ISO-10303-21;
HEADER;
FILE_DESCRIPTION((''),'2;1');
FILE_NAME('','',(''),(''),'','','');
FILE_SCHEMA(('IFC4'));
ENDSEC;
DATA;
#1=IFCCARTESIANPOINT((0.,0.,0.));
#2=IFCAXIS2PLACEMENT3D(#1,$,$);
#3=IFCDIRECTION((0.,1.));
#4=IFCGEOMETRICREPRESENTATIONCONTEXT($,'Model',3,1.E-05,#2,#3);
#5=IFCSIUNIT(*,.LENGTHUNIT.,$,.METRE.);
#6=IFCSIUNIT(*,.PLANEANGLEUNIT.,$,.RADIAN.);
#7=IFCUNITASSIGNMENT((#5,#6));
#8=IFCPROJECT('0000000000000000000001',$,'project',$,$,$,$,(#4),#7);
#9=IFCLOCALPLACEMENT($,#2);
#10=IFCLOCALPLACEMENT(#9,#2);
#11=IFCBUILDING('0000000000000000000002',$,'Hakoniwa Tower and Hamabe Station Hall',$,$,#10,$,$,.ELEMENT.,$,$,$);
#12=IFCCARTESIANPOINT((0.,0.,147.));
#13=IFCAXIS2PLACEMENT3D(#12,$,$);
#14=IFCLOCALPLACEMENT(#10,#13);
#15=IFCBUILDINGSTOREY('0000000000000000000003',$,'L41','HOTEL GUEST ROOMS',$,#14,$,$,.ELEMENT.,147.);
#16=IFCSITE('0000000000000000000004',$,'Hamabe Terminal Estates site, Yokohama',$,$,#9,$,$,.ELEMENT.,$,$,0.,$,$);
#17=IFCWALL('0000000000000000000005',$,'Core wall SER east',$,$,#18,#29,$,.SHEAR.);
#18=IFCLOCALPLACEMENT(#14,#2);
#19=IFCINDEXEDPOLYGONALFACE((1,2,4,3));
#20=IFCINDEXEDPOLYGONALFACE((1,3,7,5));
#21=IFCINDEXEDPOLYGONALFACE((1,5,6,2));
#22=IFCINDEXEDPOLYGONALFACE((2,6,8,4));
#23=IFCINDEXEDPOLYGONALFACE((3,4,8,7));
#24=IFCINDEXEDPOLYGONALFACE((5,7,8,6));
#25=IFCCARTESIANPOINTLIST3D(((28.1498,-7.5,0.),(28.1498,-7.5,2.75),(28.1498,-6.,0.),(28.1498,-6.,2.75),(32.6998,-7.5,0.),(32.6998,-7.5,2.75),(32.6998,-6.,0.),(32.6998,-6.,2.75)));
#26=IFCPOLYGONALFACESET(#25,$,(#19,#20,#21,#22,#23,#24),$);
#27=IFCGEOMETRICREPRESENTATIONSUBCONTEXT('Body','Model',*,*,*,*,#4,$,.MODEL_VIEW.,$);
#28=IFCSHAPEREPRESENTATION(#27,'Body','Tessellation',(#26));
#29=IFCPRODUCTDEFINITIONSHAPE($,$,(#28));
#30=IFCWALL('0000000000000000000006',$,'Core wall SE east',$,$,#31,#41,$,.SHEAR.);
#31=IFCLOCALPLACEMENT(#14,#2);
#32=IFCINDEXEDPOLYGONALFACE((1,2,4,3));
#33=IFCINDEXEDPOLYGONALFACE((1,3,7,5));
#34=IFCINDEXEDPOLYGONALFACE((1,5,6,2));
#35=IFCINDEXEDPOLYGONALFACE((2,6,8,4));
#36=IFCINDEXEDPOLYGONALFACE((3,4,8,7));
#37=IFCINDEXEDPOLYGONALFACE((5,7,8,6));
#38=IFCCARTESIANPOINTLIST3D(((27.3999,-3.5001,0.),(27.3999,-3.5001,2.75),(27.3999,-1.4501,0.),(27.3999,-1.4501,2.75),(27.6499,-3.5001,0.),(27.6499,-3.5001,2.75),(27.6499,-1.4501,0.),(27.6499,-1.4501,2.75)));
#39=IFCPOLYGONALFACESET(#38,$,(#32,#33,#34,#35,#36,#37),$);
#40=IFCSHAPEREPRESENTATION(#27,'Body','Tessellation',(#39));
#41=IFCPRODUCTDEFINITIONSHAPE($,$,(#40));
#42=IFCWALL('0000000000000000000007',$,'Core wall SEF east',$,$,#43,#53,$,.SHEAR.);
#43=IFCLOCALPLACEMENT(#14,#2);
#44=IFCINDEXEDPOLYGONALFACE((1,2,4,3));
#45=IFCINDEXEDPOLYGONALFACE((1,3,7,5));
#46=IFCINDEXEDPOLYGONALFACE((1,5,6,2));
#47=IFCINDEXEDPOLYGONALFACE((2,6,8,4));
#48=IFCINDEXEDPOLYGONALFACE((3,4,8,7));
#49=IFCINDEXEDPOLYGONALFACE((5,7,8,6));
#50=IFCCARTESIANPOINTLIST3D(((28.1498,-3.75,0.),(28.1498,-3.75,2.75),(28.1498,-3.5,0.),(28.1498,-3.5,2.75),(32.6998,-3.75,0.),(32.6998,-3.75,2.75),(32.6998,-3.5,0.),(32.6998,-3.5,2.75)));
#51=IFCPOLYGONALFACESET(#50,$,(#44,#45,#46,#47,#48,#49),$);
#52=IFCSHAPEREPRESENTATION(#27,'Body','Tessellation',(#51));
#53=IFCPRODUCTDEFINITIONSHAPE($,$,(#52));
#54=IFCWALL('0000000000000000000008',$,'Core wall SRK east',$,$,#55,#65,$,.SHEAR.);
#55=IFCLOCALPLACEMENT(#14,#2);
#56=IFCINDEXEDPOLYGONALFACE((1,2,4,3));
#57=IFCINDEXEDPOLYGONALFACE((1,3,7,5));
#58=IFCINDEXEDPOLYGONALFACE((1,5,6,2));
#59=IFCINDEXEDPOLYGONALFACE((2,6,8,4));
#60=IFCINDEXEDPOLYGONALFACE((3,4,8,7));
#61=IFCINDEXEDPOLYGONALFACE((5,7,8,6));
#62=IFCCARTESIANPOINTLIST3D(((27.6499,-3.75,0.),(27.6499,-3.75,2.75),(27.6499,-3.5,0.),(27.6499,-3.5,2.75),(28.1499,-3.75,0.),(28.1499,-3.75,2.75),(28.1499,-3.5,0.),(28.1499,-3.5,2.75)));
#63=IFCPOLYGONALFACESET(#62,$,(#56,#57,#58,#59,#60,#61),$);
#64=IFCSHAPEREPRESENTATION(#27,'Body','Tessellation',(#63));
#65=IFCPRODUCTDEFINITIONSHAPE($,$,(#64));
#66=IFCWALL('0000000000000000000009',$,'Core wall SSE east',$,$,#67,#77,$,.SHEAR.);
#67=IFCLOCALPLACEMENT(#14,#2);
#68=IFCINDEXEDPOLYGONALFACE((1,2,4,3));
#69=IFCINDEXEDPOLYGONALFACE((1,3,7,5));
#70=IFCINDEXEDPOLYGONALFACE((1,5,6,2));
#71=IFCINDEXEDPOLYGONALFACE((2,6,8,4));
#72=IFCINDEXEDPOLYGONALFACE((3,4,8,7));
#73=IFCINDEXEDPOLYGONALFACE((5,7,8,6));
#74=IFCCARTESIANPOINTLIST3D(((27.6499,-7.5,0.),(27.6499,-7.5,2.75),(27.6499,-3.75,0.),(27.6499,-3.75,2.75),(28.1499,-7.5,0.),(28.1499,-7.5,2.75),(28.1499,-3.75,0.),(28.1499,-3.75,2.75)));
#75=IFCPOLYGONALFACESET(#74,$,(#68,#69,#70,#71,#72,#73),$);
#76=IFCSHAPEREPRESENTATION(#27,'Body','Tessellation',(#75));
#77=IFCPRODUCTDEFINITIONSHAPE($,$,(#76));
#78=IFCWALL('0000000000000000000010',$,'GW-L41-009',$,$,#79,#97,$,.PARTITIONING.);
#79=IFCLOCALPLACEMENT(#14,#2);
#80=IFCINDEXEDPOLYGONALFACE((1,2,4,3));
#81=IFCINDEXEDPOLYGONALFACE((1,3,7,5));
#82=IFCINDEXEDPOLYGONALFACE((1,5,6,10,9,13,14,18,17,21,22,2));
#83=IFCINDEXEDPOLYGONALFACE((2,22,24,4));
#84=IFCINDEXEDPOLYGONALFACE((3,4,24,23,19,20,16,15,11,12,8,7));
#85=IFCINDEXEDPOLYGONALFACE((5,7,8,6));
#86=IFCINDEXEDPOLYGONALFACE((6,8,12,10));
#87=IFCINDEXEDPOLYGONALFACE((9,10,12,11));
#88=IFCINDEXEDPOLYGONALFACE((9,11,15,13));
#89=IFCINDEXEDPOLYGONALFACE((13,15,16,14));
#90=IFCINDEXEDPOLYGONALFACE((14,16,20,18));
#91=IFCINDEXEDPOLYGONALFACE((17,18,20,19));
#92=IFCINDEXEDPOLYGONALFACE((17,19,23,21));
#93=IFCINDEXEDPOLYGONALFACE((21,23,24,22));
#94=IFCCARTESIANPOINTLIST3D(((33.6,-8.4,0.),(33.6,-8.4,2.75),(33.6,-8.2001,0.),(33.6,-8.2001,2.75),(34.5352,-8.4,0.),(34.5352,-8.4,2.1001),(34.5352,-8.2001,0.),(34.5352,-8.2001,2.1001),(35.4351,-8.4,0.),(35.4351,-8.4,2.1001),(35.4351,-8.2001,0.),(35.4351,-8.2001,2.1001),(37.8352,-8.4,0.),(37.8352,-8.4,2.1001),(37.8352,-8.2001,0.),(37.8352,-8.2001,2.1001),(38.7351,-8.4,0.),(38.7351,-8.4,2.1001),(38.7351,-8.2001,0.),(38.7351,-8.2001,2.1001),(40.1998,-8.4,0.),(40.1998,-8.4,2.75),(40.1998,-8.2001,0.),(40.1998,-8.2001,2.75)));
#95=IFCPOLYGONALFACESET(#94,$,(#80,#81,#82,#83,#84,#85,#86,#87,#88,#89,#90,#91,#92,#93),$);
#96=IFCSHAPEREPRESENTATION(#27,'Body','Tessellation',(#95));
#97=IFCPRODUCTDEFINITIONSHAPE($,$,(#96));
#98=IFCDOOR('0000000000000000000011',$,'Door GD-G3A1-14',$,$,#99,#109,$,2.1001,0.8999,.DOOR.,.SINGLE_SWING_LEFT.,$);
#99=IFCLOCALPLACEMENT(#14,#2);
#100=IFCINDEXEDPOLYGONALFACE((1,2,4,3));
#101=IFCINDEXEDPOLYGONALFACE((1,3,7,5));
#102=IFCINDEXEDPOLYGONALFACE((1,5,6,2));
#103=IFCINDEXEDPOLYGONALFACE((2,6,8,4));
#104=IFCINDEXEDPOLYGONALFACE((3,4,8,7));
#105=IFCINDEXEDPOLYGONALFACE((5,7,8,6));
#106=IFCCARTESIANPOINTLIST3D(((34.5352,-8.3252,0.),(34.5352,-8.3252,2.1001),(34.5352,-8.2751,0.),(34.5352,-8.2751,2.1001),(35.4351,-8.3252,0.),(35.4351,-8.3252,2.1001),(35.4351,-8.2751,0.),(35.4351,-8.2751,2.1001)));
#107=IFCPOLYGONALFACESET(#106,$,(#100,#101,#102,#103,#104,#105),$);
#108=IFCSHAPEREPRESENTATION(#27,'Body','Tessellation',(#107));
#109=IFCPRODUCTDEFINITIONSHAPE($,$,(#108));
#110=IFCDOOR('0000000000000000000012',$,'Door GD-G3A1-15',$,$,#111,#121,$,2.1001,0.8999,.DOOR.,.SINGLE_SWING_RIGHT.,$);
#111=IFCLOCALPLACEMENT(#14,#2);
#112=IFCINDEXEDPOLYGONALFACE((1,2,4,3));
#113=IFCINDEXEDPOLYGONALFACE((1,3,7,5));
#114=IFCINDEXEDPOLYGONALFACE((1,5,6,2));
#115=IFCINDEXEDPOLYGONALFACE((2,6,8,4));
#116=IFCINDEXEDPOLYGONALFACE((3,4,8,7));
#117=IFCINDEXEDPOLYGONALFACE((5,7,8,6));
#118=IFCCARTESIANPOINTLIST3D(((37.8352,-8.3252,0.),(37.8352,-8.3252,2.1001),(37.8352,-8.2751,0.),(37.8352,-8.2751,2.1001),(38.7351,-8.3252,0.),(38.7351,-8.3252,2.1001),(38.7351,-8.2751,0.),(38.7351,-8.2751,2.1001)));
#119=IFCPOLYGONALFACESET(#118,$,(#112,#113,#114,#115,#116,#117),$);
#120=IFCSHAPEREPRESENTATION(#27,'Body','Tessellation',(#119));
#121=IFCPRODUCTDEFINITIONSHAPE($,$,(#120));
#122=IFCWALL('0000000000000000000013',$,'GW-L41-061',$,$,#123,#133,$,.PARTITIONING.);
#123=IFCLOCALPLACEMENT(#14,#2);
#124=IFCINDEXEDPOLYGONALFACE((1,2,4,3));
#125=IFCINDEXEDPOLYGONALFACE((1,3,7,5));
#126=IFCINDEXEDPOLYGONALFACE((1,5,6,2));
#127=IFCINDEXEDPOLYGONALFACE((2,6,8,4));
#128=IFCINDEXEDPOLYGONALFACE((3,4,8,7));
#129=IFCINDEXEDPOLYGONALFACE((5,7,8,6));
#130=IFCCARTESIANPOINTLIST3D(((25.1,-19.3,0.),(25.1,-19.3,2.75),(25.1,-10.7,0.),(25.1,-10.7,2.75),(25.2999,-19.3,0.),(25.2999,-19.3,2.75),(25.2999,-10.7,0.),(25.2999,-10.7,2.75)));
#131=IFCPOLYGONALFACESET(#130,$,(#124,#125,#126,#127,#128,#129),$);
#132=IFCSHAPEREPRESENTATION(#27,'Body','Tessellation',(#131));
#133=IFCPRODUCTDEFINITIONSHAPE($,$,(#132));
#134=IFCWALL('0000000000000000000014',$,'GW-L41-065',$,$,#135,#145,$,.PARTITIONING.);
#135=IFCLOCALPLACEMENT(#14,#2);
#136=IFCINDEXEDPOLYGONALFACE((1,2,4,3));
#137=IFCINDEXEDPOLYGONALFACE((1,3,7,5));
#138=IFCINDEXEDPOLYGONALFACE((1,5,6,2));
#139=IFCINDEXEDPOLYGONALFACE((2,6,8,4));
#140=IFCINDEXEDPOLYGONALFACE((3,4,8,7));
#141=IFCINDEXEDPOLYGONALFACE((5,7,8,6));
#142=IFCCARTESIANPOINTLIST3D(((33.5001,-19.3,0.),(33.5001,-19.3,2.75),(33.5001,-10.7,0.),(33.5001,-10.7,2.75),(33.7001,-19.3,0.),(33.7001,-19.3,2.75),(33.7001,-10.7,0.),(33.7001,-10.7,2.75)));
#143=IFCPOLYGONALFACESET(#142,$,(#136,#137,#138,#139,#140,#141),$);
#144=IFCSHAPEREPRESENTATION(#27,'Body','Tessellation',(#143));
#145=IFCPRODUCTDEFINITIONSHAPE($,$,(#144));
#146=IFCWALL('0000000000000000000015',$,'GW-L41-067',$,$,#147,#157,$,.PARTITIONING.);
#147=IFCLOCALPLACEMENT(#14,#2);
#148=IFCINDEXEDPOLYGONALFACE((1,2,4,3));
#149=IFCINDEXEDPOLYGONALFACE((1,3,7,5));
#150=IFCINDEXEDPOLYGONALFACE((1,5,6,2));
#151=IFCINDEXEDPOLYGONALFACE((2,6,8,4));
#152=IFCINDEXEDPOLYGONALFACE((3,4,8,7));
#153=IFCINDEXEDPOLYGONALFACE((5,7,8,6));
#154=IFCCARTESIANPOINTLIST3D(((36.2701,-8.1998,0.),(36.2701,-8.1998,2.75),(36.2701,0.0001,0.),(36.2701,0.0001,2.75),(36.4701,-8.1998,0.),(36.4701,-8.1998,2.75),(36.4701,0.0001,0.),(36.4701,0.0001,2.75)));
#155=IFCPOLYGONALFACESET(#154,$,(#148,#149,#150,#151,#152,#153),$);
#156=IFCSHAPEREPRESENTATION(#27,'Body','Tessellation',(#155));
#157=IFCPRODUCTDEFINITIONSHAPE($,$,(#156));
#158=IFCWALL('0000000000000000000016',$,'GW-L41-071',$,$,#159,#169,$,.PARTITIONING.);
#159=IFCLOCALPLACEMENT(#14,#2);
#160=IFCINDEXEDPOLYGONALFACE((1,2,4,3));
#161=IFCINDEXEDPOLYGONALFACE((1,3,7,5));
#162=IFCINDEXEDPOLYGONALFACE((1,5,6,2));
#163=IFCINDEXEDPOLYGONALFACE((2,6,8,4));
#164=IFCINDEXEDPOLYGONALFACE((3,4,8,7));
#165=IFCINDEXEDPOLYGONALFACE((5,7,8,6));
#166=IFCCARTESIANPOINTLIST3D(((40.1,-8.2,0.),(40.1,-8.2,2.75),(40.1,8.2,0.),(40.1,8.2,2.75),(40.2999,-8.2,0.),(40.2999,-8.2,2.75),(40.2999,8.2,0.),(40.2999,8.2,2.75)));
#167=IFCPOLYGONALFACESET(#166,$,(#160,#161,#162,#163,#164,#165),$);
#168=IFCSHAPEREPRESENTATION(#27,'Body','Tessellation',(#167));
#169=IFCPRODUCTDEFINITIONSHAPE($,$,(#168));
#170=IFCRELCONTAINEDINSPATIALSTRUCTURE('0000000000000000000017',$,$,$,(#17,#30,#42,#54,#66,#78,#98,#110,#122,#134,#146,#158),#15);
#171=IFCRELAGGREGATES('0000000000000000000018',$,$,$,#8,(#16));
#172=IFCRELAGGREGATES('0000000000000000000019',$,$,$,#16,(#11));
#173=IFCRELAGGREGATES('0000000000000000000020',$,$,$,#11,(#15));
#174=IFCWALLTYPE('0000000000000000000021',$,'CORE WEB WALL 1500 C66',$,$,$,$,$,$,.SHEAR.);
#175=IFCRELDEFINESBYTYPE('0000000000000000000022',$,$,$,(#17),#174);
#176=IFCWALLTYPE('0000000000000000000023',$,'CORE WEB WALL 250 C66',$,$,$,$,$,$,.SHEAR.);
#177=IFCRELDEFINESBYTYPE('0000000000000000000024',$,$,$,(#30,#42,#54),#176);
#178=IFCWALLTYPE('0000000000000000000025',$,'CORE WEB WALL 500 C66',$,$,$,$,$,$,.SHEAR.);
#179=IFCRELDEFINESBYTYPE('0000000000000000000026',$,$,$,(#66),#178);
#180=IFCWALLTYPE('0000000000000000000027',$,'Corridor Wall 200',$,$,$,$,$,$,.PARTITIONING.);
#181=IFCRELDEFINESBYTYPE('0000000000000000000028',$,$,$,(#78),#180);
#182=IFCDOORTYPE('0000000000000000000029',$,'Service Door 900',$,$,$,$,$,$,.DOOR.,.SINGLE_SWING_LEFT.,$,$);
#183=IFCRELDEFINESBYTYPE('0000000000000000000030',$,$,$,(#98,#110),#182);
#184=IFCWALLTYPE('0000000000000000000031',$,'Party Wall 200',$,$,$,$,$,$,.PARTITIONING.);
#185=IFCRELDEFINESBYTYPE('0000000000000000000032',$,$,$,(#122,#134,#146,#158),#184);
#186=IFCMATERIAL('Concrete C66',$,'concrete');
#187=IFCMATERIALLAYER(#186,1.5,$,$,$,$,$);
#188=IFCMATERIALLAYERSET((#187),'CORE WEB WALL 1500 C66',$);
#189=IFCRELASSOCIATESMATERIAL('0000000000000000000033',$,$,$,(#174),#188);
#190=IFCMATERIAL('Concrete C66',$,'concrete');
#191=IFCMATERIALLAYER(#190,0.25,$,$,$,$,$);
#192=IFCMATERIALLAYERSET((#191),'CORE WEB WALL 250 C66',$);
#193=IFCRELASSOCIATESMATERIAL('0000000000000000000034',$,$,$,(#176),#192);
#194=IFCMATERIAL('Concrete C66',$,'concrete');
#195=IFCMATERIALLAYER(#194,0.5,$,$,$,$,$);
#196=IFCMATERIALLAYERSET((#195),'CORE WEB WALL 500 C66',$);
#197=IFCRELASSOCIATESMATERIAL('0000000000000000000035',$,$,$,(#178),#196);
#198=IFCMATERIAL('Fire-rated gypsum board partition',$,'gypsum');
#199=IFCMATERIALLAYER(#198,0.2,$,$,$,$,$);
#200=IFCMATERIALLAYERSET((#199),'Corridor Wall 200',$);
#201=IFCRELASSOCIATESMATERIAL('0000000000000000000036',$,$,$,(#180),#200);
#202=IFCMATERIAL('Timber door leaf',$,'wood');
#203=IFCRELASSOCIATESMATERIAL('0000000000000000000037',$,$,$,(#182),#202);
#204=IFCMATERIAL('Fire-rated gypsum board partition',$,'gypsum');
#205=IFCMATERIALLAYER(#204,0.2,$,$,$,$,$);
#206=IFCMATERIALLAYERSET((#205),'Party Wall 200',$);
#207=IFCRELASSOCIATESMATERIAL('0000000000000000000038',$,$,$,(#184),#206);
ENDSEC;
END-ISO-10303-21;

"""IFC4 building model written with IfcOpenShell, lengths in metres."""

from ifc_helpers import new_model, si_unit, direction, frame, frame_2d, origin, place, context, subcontext, project, spatial, rectangle, extrude, material, layer, layer_set, type_object, element, fill, save


model = new_model("IFC4")

# Units and contexts
model_context = context("Model", 3, precision=1e-05, world=origin(), true_north=direction((0.0, 1.0)))
body_context = subcontext(model_context, "Body", "Model", "MODEL_VIEW")
ifc_project = project(units=[si_unit("LENGTHUNIT", "METRE"), si_unit("PLANEANGLEUNIT", "RADIAN")], contexts=[model_context])

# Site, building, storey
site_placement = place(None, origin())
site = spatial("IfcSite", under=ifc_project, at=site_placement, Name="Hamabe Terminal Estates site, Yokohama", CompositionType="ELEMENT", RefElevation=0.0)
building_placement = place(site_placement, origin())
building = spatial("IfcBuilding", under=site, at=building_placement, Name="Hakoniwa Tower and Hamabe Station Hall", CompositionType="ELEMENT")
storey_placement = place(building_placement, frame((0.0, 0.0, 147.0)))
storey = spatial("IfcBuildingStorey", under=building, at=storey_placement, Name="L41", Description="HOTEL GUEST ROOMS", CompositionType="ELEMENT", Elevation=147.0)

# Walls
ifc_material_1 = material(Name="Concrete C66", Category="concrete")
ifc_layer_1 = layer(ifc_material_1, 1.5)
ifc_layer_set_1 = layer_set([ifc_layer_1], Name="CORE WEB WALL 1500 C66")
wall_type_1 = type_object("IfcWallType", Name="CORE WEB WALL 1500 C66", PredefinedType="SHEAR", material=ifc_layer_set_1)
wall_1_placement = place(storey_placement, frame((28.1499, -6.75, 0.0), z_axis=(0.0, 0.0, 1.0), x_axis=(1.0, 0.0, 0.0)))
element("IfcWall", 1, at=wall_1_placement, inside=storey, type_object=wall_type_1, Name="Core wall SER east", PredefinedType="SHEAR", context=body_context, shape_type="SweptSolid", body=[
    extrude(rectangle(XDim=4.55, YDim=1.5, at=frame_2d((2.2749, 0.0))), origin(), (0.0, 0.0, 1.0), 2.75),
])
ifc_material_2 = material(Name="Concrete C66", Category="concrete")
ifc_layer_2 = layer(ifc_material_2, 0.25)
ifc_layer_set_2 = layer_set([ifc_layer_2], Name="CORE WEB WALL 250 C66")
wall_type_2 = type_object("IfcWallType", Name="CORE WEB WALL 250 C66", PredefinedType="SHEAR", material=ifc_layer_set_2)
wall_2_placement = place(storey_placement, frame((27.5249, -3.5, 0.0), z_axis=(0.0, 0.0, 1.0), x_axis=(0.0, 1.0, 0.0)))
element("IfcWall", 2, at=wall_2_placement, inside=storey, type_object=wall_type_2, Name="Core wall SE east", PredefinedType="SHEAR", context=body_context, shape_type="SweptSolid", body=[
    extrude(rectangle(XDim=2.05, YDim=0.25, at=frame_2d((1.0249, 0.0))), origin(), (0.0, 0.0, 1.0), 2.75),
])
wall_3_placement = place(storey_placement, frame((28.1499, -3.625, 0.0), z_axis=(0.0, 0.0, 1.0), x_axis=(1.0, 0.0, 0.0)))
element("IfcWall", 3, at=wall_3_placement, inside=storey, type_object=wall_type_2, Name="Core wall SEF east", PredefinedType="SHEAR", context=body_context, shape_type="SweptSolid", body=[
    extrude(rectangle(XDim=4.55, YDim=0.25, at=frame_2d((2.2749, 0.0))), origin(), (0.0, 0.0, 1.0), 2.75),
])
wall_4_placement = place(storey_placement, frame((27.6499, -3.625, 0.0), z_axis=(0.0, 0.0, 1.0), x_axis=(1.0, 0.0, 0.0)))
element("IfcWall", 4, at=wall_4_placement, inside=storey, type_object=wall_type_2, Name="Core wall SRK east", PredefinedType="SHEAR", context=body_context, shape_type="SweptSolid", body=[
    extrude(rectangle(XDim=0.5, YDim=0.25, at=frame_2d((0.25, 0.0))), origin(), (0.0, 0.0, 1.0), 2.75),
])
ifc_material_3 = material(Name="Concrete C66", Category="concrete")
ifc_layer_3 = layer(ifc_material_3, 0.5)
ifc_layer_set_3 = layer_set([ifc_layer_3], Name="CORE WEB WALL 500 C66")
wall_type_3 = type_object("IfcWallType", Name="CORE WEB WALL 500 C66", PredefinedType="SHEAR", material=ifc_layer_set_3)
wall_5_placement = place(storey_placement, frame((27.8999, -7.5, 0.0), z_axis=(0.0, 0.0, 1.0), x_axis=(0.0, 1.0, 0.0)))
element("IfcWall", 5, at=wall_5_placement, inside=storey, type_object=wall_type_3, Name="Core wall SSE east", PredefinedType="SHEAR", context=body_context, shape_type="SweptSolid", body=[
    extrude(rectangle(XDim=3.75, YDim=0.5, at=frame_2d((1.875, 0.0))), origin(), (0.0, 0.0, 1.0), 2.75),
])

# Wall, openings, doors
ifc_material_4 = material(Name="Fire-rated gypsum board partition", Category="gypsum")
ifc_layer_4 = layer(ifc_material_4, 0.2)
ifc_layer_set_4 = layer_set([ifc_layer_4], Name="Corridor Wall 200")
wall_type_4 = type_object("IfcWallType", Name="Corridor Wall 200", PredefinedType="PARTITIONING", material=ifc_layer_set_4)
wall_6_placement = place(storey_placement, frame((33.6001, -8.3, 0.0), z_axis=(0.0, 0.0, 1.0), x_axis=(1.0, 0.0, 0.0)))
wall_6 = element("IfcWall", 6, at=wall_6_placement, inside=storey, type_object=wall_type_4, Name="GW-L41-009", PredefinedType="PARTITIONING", context=body_context, shape_type="SweptSolid", body=[
    extrude(rectangle(XDim=6.5999, YDim=0.2, at=frame_2d((3.2998, 0.0))), origin(), (0.0, 0.0, 1.0), 2.75),
])
opening_1_placement = place(wall_6_placement, frame((0.9351, 0.0, 0.0)))
opening_1 = element("IfcOpeningElement", 7, at=opening_1_placement, cuts=wall_6, PredefinedType="OPENING", context=body_context, shape_type="SweptSolid", body=[
    extrude(rectangle(XDim=0.8999, YDim=2.1001, at=frame_2d((0.45, 1.05))), frame((0.0, 0.1099, 0.0), z_axis=(0.0, -1.0, 0.0), x_axis=(1.0, 0.0, 0.0)), (0.0, 0.0, 1.0), 0.22),
])
opening_2_placement = place(wall_6_placement, frame((4.2351, 0.0, 0.0)))
opening_2 = element("IfcOpeningElement", 8, at=opening_2_placement, cuts=wall_6, PredefinedType="OPENING", context=body_context, shape_type="SweptSolid", body=[
    extrude(rectangle(XDim=0.8999, YDim=2.1001, at=frame_2d((0.45, 1.05))), frame((0.0, 0.1099, 0.0), z_axis=(0.0, -1.0, 0.0), x_axis=(1.0, 0.0, 0.0)), (0.0, 0.0, 1.0), 0.22),
])
ifc_material_5 = material(Name="Timber door leaf", Category="wood")
door_type_1 = type_object("IfcDoorType", Name="Service Door 900", OperationType="SINGLE_SWING_LEFT", PredefinedType="DOOR", material=ifc_material_5)
door_1_placement = place(opening_1_placement, origin())
door_1 = element("IfcDoor", 9, at=door_1_placement, inside=storey, type_object=door_type_1, Name="Door GD-G3A1-14", OperationType="SINGLE_SWING_LEFT", OverallHeight=2.1001, OverallWidth=0.8999, PredefinedType="DOOR", context=body_context, shape_type="SweptSolid", body=[
    extrude(rectangle(XDim=0.8999, YDim=2.1001, at=frame_2d((0.45, 1.05))), frame((0.0, 0.0249, 0.0), z_axis=(0.0, -1.0, 0.0), x_axis=(1.0, 0.0, 0.0)), (0.0, 0.0, 1.0), 0.05),
])
fill(opening_1, door_1)
door_2_placement = place(opening_2_placement, origin())
door_2 = element("IfcDoor", 10, at=door_2_placement, inside=storey, type_object=door_type_1, Name="Door GD-G3A1-15", OperationType="SINGLE_SWING_RIGHT", OverallHeight=2.1001, OverallWidth=0.8999, PredefinedType="DOOR", context=body_context, shape_type="SweptSolid", body=[
    extrude(rectangle(XDim=0.8999, YDim=2.1001, at=frame_2d((0.45, 1.05))), frame((0.0, 0.0249, 0.0), z_axis=(0.0, -1.0, 0.0), x_axis=(1.0, 0.0, 0.0)), (0.0, 0.0, 1.0), 0.05),
])
fill(opening_2, door_2)

# Walls
ifc_material_6 = material(Name="Fire-rated gypsum board partition", Category="gypsum")
ifc_layer_5 = layer(ifc_material_6, 0.2)
ifc_layer_set_5 = layer_set([ifc_layer_5], Name="Party Wall 200")
wall_type_5 = type_object("IfcWallType", Name="Party Wall 200", PredefinedType="PARTITIONING", material=ifc_layer_set_5)
for number, where, z_axis, x_axis, name in (
    (11, (25.2, -19.3, 0.0), (0.0, 0.0, 1.0), (0.0, 1.0, 0.0), "GW-L41-061"),
    (12, (33.6001, -19.3, 0.0), (0.0, 0.0, 1.0), (0.0, 1.0, 0.0), "GW-L41-065"),
):
    element("IfcWall", number, at=place(storey_placement, frame(where, z_axis=z_axis, x_axis=x_axis)), inside=storey, type_object=wall_type_5, Name=name, PredefinedType="PARTITIONING", context=body_context, shape_type="SweptSolid", body=[
        extrude(rectangle(XDim=8.6001, YDim=0.2, at=frame_2d((4.3, 0.0))), origin(), (0.0, 0.0, 1.0), 2.75),
    ])
wall_7_placement = place(storey_placement, frame((36.3701, -8.2, 0.0), z_axis=(0.0, 0.0, 1.0), x_axis=(0.0, 1.0, 0.0)))
element("IfcWall", 13, at=wall_7_placement, inside=storey, type_object=wall_type_5, Name="GW-L41-067", PredefinedType="PARTITIONING", context=body_context, shape_type="SweptSolid", body=[
    extrude(rectangle(XDim=8.2, YDim=0.2, at=frame_2d((4.1001, 0.0))), origin(), (0.0, 0.0, 1.0), 2.75),
])
wall_8_placement = place(storey_placement, frame((40.2, -8.2, 0.0), z_axis=(0.0, 0.0, 1.0), x_axis=(0.0, 1.0, 0.0)))
element("IfcWall", 14, at=wall_8_placement, inside=storey, type_object=wall_type_5, Name="GW-L41-071", PredefinedType="PARTITIONING", context=body_context, shape_type="SweptSolid", body=[
    extrude(rectangle(XDim=16.3999, YDim=0.2, at=frame_2d((8.2, 0.0))), origin(), (0.0, 0.0, 1.0), 2.75),
])

save(model, "model.ifc")
